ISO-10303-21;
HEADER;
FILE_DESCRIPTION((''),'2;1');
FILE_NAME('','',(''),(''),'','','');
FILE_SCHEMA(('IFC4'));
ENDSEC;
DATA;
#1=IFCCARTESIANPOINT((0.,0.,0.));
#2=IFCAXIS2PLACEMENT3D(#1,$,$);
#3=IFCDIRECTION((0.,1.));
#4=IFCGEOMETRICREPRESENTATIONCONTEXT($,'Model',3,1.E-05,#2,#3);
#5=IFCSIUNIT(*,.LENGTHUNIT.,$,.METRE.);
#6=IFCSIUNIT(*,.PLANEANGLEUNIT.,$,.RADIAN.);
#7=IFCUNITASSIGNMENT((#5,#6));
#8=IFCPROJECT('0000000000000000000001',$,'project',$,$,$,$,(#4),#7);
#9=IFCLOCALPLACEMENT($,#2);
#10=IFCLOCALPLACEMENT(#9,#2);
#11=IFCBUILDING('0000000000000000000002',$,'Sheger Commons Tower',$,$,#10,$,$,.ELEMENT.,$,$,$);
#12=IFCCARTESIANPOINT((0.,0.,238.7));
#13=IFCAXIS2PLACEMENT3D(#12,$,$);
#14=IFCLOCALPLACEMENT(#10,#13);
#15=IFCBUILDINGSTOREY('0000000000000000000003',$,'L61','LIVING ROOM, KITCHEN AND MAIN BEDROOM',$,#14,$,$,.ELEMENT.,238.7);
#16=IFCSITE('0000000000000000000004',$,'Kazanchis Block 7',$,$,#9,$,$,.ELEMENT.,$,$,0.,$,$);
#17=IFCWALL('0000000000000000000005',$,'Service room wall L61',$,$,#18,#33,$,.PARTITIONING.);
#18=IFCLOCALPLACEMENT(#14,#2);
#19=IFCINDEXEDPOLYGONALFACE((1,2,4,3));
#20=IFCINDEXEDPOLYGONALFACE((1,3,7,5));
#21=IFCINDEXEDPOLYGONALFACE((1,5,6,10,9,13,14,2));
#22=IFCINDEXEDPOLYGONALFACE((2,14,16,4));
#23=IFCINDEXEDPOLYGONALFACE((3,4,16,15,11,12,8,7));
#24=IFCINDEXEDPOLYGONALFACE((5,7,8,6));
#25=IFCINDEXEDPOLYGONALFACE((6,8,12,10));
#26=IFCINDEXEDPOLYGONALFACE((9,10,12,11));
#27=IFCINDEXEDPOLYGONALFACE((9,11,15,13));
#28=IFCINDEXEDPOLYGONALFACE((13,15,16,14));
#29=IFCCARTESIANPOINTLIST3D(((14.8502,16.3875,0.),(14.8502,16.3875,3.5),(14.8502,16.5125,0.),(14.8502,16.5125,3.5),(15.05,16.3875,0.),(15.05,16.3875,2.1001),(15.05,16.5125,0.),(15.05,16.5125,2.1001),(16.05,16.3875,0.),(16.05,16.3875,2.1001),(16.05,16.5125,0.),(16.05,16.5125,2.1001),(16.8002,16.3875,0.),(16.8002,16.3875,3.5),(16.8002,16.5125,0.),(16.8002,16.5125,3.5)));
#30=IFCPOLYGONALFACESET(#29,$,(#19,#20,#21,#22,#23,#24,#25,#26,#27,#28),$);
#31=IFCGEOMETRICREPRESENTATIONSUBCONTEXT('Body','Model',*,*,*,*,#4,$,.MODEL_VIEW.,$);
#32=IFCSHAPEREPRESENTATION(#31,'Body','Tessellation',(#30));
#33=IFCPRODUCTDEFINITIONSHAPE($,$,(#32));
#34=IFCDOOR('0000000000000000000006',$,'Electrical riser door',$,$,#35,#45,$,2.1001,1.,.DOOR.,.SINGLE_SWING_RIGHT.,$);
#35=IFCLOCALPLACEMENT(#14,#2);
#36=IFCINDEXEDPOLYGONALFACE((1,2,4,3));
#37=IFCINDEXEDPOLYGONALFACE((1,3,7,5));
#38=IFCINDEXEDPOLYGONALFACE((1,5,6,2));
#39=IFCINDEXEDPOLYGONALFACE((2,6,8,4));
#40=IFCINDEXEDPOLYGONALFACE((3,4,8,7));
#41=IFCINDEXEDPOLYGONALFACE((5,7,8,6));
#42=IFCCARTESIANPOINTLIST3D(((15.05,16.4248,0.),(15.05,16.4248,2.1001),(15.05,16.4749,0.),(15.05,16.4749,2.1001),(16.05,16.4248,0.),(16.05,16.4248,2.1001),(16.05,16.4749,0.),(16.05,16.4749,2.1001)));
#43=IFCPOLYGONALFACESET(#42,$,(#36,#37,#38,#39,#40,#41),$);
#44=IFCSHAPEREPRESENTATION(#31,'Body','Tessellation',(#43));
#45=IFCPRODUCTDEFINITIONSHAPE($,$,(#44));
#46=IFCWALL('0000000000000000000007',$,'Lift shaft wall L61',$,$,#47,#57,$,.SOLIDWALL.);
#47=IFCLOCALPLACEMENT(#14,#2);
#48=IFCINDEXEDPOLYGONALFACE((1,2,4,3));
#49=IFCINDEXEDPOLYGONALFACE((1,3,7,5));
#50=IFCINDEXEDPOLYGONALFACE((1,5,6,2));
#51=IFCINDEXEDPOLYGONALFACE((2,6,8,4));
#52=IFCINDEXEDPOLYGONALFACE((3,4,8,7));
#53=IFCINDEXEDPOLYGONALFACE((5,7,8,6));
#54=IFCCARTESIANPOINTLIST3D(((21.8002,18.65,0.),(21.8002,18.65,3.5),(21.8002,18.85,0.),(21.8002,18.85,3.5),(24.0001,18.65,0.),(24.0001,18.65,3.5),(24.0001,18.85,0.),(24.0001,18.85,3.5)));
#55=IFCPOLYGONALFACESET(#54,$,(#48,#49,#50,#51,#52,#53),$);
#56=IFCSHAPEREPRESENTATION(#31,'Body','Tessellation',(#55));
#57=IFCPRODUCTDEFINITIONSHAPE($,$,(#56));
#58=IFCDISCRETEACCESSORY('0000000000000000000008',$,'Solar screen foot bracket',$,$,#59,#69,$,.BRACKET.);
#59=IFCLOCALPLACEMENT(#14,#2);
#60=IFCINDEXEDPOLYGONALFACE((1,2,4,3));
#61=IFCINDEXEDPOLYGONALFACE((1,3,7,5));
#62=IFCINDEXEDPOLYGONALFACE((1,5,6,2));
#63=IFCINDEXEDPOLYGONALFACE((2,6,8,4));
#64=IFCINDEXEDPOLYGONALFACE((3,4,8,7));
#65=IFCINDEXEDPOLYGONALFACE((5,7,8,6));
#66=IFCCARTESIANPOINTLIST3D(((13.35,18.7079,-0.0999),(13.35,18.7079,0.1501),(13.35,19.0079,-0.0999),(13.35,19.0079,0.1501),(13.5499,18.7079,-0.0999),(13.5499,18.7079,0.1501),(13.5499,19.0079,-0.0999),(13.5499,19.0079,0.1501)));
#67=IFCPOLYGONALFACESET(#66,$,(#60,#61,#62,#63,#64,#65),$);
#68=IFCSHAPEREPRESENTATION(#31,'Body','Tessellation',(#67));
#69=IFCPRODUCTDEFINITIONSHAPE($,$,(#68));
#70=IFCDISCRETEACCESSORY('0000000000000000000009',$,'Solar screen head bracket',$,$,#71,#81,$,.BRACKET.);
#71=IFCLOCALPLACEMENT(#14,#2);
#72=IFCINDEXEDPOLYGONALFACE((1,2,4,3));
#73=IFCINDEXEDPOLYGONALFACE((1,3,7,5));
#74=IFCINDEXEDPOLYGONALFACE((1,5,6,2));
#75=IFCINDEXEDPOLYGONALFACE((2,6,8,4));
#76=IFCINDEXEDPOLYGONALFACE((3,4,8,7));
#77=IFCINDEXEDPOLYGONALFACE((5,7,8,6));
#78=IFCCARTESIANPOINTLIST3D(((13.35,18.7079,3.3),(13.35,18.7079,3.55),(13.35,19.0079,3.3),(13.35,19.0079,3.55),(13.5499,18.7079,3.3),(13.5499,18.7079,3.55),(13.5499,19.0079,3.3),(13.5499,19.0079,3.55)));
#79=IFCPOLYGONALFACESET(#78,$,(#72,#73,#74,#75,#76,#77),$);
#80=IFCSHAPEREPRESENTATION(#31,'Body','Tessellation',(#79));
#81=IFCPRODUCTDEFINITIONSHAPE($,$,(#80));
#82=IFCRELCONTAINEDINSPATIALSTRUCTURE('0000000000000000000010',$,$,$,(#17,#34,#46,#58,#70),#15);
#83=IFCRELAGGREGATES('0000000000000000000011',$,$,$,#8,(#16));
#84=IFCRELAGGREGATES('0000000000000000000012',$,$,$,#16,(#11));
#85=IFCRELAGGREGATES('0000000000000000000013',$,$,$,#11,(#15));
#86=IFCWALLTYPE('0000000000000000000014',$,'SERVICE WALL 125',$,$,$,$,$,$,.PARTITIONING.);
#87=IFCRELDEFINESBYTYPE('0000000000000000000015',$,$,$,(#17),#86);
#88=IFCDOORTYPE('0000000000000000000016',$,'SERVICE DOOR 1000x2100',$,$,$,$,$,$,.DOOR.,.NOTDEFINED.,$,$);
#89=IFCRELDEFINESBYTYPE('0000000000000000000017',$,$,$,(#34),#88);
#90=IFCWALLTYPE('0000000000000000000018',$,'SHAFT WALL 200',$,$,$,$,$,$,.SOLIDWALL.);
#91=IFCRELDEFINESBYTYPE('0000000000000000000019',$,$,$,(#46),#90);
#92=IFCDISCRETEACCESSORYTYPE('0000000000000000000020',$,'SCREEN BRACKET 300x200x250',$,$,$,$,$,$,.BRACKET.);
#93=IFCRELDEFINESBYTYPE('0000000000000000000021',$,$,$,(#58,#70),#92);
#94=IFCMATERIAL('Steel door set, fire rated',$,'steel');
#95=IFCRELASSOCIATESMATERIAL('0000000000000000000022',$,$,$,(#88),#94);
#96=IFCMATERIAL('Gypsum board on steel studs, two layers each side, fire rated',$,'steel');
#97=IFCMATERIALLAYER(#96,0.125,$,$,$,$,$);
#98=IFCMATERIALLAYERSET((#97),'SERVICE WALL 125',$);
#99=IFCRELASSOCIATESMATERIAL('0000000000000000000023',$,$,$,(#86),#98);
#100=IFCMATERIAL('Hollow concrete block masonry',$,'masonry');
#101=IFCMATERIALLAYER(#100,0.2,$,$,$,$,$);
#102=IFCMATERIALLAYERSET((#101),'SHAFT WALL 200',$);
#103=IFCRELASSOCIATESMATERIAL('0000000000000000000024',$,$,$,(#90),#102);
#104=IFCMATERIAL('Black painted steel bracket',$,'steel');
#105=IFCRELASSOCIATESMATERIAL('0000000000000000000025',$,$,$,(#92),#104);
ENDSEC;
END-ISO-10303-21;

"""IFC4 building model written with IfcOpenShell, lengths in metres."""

from ifc_helpers import new_model, si_unit, direction, frame, frame_2d, origin, origin_2d, place, context, subcontext, project, spatial, rectangle, extrude, material, layer, layer_set, type_object, element, fill, save


model = new_model("IFC4")

# Units and contexts
model_context = context("Model", 3, precision=1e-05, world=origin(), true_north=direction((0.0, 1.0)))
body_context = subcontext(model_context, "Body", "Model", "MODEL_VIEW")
ifc_project = project(units=[si_unit("LENGTHUNIT", "METRE"), si_unit("PLANEANGLEUNIT", "RADIAN")], contexts=[model_context])

# Site, building, storey
site_placement = place(None, origin())
site = spatial("IfcSite", under=ifc_project, at=site_placement, Name="Kazanchis Block 7", CompositionType="ELEMENT", RefElevation=0.0)
building_placement = place(site_placement, origin())
building = spatial("IfcBuilding", under=site, at=building_placement, Name="Sheger Commons Tower", CompositionType="ELEMENT")
storey_placement = place(building_placement, frame((0.0, 0.0, 238.7)))
storey = spatial("IfcBuildingStorey", under=building, at=storey_placement, Name="L61", Description="LIVING ROOM, KITCHEN AND MAIN BEDROOM", CompositionType="ELEMENT", Elevation=238.7)

# Shared definitions
ifc_material_1 = material(Name="Steel door set, fire rated", Category="steel")
door_type_1 = type_object("IfcDoorType", Name="SERVICE DOOR 1000x2100", OperationType="NOTDEFINED", PredefinedType="DOOR", material=ifc_material_1)

# Wall, opening, door
ifc_material_2 = material(Name="Gypsum board on steel studs, two layers each side, fire rated", Category="steel")
ifc_layer_1 = layer(ifc_material_2, 0.125)
ifc_layer_set_1 = layer_set([ifc_layer_1], Name="SERVICE WALL 125")
wall_type_1 = type_object("IfcWallType", Name="SERVICE WALL 125", PredefinedType="PARTITIONING", material=ifc_layer_set_1)
wall_1_placement = place(storey_placement, frame((14.8501, 16.45, 0.0), z_axis=(0.0, 0.0, 1.0), x_axis=(1.0, 0.0, 0.0)))
wall_1 = element("IfcWall", 1, at=wall_1_placement, inside=storey, type_object=wall_type_1, Name="Service room wall L61", PredefinedType="PARTITIONING", context=body_context, shape_type="SweptSolid", body=[
    extrude(rectangle(XDim=1.95, YDim=0.125, at=frame_2d((0.9751, 0.0))), origin(), (0.0, 0.0, 1.0), 3.5),
])
opening_1_placement = place(wall_1_placement, frame((0.2, 0.0, 0.0)))
opening_1 = element("IfcOpeningElement", 2, at=opening_1_placement, cuts=wall_1, PredefinedType="OPENING", context=body_context, shape_type="SweptSolid", body=[
    extrude(rectangle(XDim=1.0, YDim=2.1001, at=frame_2d((0.5, 1.05))), frame((0.0, 0.0725, 0.0), z_axis=(0.0, -1.0, 0.0), x_axis=(1.0, 0.0, 0.0)), (0.0, 0.0, 1.0), 0.145),
])
door_1_placement = place(opening_1_placement, origin())
door_1 = element("IfcDoor", 3, at=door_1_placement, inside=storey, type_object=door_type_1, Name="Electrical riser door", OperationType="SINGLE_SWING_RIGHT", OverallHeight=2.1001, OverallWidth=1.0, PredefinedType="DOOR", context=body_context, shape_type="SweptSolid", body=[
    extrude(rectangle(XDim=1.0, YDim=2.1001, at=frame_2d((0.5, 1.05))), frame((0.0, 0.0249, 0.0), z_axis=(0.0, -1.0, 0.0), x_axis=(1.0, 0.0, 0.0)), (0.0, 0.0, 1.0), 0.05),
])
fill(opening_1, door_1)

# Wall
ifc_material_3 = material(Name="Hollow concrete block masonry", Category="masonry")
ifc_layer_2 = layer(ifc_material_3, 0.2)
ifc_layer_set_2 = layer_set([ifc_layer_2], Name="SHAFT WALL 200")
wall_type_2 = type_object("IfcWallType", Name="SHAFT WALL 200", PredefinedType="SOLIDWALL", material=ifc_layer_set_2)
wall_2_placement = place(storey_placement, frame((21.8, 18.75, 0.0), z_axis=(0.0, 0.0, 1.0), x_axis=(1.0, 0.0, 0.0)))
element("IfcWall", 4, at=wall_2_placement, inside=storey, type_object=wall_type_2, Name="Lift shaft wall L61", PredefinedType="SOLIDWALL", context=body_context, shape_type="SweptSolid", body=[
    extrude(rectangle(XDim=2.2, YDim=0.2, at=frame_2d((1.1001, 0.0))), origin(), (0.0, 0.0, 1.0), 3.5),
])

# Discrete accessories
ifc_material_4 = material(Name="Black painted steel bracket", Category="steel")
discrete_accessory_type = type_object("IfcDiscreteAccessoryType", Name="SCREEN BRACKET 300x200x250", PredefinedType="BRACKET", material=ifc_material_4)
for number, where, z_axis, x_axis, name in (
    (5, (13.45, 18.8579, -0.0999), (0.0, 0.0, 1.0), (0.0, -1.0, 0.0), "Solar screen foot bracket"),
    (6, (13.45, 18.8579, 3.3), (0.0, 0.0, 1.0), (0.0, -1.0, 0.0), "Solar screen head bracket"),
):
    element("IfcDiscreteAccessory", number, at=place(storey_placement, frame(where, z_axis=z_axis, x_axis=x_axis)), inside=storey, type_object=discrete_accessory_type, Name=name, PredefinedType="BRACKET", context=body_context, shape_type="SweptSolid", body=[
        extrude(rectangle(XDim=0.3, YDim=0.2, at=origin_2d()), origin(), (0.0, 0.0, 1.0), 0.25),
    ])

save(model, "model.ifc")
